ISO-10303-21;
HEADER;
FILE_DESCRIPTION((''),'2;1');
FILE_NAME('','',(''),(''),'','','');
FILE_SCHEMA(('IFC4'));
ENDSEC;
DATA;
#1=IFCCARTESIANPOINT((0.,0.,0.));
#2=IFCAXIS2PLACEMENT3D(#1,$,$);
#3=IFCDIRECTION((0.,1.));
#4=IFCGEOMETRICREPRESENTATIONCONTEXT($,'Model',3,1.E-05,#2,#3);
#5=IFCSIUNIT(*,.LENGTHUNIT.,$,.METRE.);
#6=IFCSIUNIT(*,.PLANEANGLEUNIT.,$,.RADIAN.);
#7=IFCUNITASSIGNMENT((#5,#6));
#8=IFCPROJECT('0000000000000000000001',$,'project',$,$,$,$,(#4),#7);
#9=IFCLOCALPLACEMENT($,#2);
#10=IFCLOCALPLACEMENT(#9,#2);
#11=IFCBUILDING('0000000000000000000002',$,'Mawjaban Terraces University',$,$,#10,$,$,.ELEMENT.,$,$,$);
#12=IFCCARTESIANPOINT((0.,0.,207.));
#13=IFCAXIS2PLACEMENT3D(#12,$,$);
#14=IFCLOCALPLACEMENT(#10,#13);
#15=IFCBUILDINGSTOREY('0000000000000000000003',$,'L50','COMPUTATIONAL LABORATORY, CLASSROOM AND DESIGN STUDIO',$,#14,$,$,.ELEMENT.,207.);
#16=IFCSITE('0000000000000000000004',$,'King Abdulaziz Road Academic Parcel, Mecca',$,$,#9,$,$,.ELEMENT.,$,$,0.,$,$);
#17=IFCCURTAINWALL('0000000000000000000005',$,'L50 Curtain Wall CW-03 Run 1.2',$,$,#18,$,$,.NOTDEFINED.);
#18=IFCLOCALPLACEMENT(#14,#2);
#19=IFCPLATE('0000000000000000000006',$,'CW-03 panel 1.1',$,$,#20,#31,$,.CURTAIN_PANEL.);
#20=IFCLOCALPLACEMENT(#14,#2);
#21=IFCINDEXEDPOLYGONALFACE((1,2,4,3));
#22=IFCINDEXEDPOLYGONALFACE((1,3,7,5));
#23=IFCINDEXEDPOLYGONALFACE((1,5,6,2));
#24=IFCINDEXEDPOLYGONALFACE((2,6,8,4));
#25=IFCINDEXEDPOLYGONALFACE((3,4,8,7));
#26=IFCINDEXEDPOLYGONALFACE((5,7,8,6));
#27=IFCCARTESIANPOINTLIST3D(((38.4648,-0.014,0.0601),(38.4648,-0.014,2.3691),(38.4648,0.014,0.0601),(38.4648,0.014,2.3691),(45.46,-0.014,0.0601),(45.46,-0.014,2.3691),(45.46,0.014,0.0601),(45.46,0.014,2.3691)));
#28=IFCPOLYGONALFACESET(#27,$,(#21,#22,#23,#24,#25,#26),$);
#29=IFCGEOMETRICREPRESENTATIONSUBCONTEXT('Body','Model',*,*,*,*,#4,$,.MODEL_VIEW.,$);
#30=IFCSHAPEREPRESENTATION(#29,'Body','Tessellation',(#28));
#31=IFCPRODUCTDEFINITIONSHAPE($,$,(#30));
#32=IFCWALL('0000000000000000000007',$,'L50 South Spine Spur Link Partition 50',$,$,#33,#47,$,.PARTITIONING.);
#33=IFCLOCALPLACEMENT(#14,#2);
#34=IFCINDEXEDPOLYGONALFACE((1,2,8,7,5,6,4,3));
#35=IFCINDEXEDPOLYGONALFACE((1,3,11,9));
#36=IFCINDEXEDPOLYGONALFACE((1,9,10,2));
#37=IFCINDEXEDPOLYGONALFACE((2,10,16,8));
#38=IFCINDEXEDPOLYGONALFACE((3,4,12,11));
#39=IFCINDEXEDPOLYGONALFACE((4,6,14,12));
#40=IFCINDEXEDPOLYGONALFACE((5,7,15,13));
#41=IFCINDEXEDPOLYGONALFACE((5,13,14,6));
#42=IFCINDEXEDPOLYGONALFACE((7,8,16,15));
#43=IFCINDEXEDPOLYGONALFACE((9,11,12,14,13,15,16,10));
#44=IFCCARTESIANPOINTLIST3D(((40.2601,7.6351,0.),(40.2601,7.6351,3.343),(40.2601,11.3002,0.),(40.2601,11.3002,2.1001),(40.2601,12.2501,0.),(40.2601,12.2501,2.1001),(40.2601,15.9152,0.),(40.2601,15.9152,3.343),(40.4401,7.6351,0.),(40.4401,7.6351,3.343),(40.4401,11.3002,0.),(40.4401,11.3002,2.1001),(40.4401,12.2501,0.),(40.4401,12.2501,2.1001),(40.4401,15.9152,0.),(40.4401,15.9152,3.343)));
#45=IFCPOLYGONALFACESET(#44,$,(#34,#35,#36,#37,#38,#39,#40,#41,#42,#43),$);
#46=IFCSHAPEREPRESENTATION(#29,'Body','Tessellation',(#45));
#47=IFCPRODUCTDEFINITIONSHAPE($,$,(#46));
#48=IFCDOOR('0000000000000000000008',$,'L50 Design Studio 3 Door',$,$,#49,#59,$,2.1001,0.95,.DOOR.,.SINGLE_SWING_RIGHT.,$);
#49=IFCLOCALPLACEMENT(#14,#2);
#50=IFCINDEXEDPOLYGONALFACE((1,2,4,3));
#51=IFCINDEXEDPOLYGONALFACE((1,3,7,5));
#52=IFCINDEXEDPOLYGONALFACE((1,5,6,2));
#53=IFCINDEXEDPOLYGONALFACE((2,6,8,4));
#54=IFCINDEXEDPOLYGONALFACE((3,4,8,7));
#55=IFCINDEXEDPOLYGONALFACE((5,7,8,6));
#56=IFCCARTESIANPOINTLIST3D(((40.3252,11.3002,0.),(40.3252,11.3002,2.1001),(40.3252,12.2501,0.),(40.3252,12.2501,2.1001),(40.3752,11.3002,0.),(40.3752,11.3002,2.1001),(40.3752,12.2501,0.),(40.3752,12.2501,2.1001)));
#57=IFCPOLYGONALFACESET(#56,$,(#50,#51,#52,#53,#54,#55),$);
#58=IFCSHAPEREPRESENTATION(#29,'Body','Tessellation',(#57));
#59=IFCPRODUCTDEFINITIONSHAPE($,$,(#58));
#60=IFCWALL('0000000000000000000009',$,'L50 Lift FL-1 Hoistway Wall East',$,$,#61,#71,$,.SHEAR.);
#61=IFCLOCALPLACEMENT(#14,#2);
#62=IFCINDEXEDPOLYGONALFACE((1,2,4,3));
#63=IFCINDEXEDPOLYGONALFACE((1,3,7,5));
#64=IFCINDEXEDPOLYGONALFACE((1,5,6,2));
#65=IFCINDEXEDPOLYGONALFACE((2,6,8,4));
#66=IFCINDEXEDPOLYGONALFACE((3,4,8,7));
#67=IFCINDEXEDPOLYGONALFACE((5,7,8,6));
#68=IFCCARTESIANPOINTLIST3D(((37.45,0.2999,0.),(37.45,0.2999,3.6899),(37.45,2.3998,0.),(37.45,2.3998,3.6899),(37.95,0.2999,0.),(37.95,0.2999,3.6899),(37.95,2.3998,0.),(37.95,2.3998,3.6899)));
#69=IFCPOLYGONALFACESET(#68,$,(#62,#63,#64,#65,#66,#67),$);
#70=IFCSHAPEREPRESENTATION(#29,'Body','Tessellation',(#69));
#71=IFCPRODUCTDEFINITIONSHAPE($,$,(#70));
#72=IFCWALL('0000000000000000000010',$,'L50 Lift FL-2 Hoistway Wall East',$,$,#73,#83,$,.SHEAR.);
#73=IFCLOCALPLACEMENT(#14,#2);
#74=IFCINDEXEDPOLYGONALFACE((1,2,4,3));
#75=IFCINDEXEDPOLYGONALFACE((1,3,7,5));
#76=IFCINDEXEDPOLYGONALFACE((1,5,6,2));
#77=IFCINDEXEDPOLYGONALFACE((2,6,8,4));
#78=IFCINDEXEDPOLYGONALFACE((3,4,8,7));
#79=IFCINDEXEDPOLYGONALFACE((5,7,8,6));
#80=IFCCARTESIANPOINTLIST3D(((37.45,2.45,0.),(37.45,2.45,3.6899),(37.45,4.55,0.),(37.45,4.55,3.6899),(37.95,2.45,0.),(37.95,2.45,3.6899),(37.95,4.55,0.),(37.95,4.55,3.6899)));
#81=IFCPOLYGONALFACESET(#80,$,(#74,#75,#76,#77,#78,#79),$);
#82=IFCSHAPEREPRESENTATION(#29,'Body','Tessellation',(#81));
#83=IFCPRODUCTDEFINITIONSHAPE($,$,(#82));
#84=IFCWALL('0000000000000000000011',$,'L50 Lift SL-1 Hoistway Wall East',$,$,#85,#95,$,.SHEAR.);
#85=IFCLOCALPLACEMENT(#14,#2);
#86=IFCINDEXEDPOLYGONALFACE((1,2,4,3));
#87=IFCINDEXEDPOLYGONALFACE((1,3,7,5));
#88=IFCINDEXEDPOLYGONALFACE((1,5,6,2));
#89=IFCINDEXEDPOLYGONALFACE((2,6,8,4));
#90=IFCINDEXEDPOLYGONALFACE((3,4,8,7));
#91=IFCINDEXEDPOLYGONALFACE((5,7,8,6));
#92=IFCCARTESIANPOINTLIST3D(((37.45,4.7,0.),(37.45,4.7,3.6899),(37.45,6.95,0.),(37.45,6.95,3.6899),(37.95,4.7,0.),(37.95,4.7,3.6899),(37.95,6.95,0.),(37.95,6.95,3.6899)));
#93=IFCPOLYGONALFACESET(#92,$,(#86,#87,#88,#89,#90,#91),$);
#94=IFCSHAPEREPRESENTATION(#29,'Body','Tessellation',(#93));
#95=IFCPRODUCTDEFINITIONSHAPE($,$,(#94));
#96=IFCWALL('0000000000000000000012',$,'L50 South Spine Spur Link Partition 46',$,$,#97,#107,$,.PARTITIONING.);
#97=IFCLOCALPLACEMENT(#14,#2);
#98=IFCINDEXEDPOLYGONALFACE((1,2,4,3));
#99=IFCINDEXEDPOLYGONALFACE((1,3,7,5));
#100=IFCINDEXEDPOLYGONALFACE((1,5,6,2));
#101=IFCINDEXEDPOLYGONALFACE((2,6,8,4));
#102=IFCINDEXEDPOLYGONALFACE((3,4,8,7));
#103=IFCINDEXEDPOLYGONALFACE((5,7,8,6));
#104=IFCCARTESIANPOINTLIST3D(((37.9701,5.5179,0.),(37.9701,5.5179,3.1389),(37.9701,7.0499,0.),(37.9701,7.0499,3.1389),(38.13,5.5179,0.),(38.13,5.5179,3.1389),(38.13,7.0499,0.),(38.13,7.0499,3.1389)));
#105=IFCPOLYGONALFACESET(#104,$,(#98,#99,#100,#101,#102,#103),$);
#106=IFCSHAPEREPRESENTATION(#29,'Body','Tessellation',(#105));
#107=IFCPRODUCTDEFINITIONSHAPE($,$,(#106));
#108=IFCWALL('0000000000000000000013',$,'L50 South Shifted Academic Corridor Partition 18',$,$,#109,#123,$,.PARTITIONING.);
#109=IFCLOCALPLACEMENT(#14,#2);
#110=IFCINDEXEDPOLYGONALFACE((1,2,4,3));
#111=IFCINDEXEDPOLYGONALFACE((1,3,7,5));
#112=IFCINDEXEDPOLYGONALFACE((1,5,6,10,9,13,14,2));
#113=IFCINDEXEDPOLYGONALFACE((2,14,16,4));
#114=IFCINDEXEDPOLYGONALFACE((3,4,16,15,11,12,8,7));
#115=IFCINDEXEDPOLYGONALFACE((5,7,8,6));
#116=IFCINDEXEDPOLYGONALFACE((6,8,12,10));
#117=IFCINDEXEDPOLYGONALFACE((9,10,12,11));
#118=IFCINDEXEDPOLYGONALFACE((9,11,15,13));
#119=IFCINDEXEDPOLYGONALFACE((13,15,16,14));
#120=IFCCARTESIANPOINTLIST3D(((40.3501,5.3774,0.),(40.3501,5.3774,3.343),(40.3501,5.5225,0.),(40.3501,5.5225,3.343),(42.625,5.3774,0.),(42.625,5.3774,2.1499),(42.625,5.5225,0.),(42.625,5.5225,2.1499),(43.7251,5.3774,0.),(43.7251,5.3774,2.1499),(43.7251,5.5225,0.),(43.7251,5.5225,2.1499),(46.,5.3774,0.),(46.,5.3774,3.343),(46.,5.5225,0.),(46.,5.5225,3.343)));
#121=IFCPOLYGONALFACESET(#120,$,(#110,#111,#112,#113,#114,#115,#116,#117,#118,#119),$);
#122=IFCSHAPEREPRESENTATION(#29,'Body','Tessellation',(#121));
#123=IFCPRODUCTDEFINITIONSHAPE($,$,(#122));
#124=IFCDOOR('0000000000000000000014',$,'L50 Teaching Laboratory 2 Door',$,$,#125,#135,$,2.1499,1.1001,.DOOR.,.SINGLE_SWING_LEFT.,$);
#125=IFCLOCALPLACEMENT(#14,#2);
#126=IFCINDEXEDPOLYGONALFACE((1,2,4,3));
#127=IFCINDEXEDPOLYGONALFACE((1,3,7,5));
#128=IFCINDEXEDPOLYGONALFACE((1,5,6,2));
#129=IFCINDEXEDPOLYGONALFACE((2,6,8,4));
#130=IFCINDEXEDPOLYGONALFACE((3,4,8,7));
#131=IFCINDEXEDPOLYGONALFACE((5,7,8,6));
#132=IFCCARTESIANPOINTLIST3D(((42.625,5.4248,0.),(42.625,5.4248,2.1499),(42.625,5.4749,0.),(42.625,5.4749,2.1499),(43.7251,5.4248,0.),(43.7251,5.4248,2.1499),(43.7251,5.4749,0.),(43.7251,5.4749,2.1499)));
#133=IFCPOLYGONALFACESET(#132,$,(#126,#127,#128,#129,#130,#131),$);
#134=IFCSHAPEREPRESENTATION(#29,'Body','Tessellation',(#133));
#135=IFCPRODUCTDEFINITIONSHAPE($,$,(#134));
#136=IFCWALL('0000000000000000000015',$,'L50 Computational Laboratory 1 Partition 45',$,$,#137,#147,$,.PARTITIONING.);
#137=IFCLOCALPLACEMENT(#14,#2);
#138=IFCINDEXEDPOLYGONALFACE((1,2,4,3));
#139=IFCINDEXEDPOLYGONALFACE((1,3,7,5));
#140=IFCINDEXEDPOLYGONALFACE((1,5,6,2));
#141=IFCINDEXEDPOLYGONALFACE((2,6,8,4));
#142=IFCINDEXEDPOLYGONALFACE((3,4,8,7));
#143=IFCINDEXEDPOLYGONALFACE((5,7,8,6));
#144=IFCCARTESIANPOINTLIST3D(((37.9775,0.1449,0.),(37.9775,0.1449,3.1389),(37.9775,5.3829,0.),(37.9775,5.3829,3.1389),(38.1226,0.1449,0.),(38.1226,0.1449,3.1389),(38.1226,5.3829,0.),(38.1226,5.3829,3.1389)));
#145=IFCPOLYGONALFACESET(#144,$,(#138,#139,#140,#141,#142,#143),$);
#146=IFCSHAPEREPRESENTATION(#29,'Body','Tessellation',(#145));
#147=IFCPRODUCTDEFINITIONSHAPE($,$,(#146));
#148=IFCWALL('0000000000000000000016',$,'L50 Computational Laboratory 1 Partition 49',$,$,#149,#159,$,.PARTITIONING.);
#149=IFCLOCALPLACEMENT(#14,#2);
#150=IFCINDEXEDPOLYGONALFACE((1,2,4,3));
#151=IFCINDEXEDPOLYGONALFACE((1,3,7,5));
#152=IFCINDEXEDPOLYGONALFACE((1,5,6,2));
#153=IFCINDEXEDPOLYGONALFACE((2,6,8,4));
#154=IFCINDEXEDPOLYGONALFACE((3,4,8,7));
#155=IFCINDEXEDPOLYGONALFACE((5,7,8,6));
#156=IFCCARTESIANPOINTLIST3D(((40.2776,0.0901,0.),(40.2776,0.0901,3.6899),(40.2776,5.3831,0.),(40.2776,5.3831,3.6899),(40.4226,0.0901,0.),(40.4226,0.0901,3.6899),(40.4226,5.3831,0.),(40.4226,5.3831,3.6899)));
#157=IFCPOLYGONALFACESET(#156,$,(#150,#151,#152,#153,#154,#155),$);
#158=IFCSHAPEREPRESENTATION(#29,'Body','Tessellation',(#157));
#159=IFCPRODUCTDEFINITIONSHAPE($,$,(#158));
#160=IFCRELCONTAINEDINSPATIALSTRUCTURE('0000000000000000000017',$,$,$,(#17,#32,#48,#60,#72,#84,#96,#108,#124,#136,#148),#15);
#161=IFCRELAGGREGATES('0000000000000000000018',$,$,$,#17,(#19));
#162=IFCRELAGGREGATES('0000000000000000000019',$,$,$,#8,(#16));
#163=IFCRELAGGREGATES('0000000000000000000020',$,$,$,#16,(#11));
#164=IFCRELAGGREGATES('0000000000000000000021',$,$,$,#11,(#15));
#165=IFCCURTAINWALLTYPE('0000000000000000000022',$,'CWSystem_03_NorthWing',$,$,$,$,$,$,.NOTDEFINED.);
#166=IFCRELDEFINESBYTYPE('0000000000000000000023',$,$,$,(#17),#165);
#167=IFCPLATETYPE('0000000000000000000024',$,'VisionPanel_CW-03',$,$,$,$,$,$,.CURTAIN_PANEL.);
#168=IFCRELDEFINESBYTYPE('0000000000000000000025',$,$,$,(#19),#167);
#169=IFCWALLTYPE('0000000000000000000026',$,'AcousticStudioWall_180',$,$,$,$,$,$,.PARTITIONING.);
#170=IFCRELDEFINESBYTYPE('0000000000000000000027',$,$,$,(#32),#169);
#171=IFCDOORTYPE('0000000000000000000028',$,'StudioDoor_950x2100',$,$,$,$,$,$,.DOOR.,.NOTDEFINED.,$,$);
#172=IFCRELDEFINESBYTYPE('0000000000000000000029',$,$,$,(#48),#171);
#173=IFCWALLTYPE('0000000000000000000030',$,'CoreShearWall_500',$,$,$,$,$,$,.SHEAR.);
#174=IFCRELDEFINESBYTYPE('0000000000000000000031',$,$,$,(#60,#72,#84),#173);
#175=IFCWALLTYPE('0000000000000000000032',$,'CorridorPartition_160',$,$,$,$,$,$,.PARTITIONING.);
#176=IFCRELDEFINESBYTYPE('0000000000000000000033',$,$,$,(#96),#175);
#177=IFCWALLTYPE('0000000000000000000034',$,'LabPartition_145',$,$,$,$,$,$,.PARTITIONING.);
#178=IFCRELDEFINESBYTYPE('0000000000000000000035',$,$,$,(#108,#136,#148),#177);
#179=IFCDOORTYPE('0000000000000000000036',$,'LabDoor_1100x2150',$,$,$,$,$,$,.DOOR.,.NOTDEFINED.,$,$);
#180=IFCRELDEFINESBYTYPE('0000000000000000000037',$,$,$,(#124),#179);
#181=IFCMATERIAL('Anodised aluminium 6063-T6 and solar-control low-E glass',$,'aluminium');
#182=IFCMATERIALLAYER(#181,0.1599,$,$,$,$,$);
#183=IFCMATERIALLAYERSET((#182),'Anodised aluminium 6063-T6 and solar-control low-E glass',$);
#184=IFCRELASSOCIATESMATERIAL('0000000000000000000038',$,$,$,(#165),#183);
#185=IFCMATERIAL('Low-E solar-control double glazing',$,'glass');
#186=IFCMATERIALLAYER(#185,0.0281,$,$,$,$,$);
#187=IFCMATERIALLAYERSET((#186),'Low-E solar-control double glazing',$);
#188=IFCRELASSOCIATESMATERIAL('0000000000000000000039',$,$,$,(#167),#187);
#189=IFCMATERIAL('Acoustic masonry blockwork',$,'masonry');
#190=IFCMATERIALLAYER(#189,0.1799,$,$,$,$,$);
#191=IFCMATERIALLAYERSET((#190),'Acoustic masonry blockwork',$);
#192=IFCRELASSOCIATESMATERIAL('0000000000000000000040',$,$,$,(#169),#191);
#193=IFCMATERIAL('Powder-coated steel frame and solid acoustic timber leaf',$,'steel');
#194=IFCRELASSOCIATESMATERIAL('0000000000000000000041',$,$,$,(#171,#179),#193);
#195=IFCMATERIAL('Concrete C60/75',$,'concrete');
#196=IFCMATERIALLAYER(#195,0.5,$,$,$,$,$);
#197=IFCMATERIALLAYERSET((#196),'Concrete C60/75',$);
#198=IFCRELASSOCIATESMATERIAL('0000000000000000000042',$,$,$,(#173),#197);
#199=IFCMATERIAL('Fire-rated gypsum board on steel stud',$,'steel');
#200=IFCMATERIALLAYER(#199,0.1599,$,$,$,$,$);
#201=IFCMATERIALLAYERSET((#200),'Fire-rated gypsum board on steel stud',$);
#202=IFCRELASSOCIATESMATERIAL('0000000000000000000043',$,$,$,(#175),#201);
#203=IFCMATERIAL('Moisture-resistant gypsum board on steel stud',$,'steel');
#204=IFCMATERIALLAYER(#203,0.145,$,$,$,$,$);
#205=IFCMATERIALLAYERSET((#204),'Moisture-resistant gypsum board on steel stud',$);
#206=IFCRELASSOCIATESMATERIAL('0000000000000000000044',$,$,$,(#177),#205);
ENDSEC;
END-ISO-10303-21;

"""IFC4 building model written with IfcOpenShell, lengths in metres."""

from ifc_helpers import new_model, si_unit, direction, frame, frame_2d, origin, origin_2d, place, context, subcontext, project, spatial, rectangle, extrude, material, layer, layer_set, type_object, element, fill, aggregate, save


model = new_model("IFC4")

# Units and contexts
model_context = context("Model", 3, precision=1e-05, world=origin(), true_north=direction((0.0, 1.0)))
body_context = subcontext(model_context, "Body", "Model", "MODEL_VIEW")
ifc_project = project(units=[si_unit("LENGTHUNIT", "METRE"), si_unit("PLANEANGLEUNIT", "RADIAN")], contexts=[model_context])

# Site, building, storey
site_placement = place(None, origin())
site = spatial("IfcSite", under=ifc_project, at=site_placement, Name="King Abdulaziz Road Academic Parcel, Mecca", CompositionType="ELEMENT", RefElevation=0.0)
building_placement = place(site_placement, origin())
building = spatial("IfcBuilding", under=site, at=building_placement, Name="Mawjaban Terraces University", CompositionType="ELEMENT")
storey_placement = place(building_placement, frame((0.0, 0.0, 207.0)))
storey = spatial("IfcBuildingStorey", under=building, at=storey_placement, Name="L50", Description="COMPUTATIONAL LABORATORY, CLASSROOM AND DESIGN STUDIO", CompositionType="ELEMENT", Elevation=207.0)

# Curtain wall, plate
ifc_material_1 = material(Name="Anodised aluminium 6063-T6 and solar-control low-E glass", Category="aluminium")
ifc_layer_1 = layer(ifc_material_1, 0.1599)
ifc_layer_set_1 = layer_set([ifc_layer_1], Name="Anodised aluminium 6063-T6 and solar-control low-E glass")
curtain_wall_type = type_object("IfcCurtainWallType", Name="CWSystem_03_NorthWing", PredefinedType="NOTDEFINED", material=ifc_layer_set_1)
curtain_wall_placement = place(storey_placement, origin())
curtain_wall = element("IfcCurtainWall", 1, at=curtain_wall_placement, inside=storey, type_object=curtain_wall_type, Name="L50 Curtain Wall CW-03 Run 1.2", PredefinedType="NOTDEFINED")
ifc_material_2 = material(Name="Low-E solar-control double glazing", Category="glass")
ifc_layer_2 = layer(ifc_material_2, 0.0281)
ifc_layer_set_2 = layer_set([ifc_layer_2], Name="Low-E solar-control double glazing")
plate_type = type_object("IfcPlateType", Name="VisionPanel_CW-03", PredefinedType="CURTAIN_PANEL", material=ifc_layer_set_2)
plate_placement = place(storey_placement, frame((41.9624, 0.0, 0.0601), z_axis=(0.0, 0.0, 1.0), x_axis=(1.0, 0.0, 0.0)))
plate = element("IfcPlate", 2, at=plate_placement, type_object=plate_type, Name="CW-03 panel 1.1", PredefinedType="CURTAIN_PANEL", context=body_context, shape_type="SweptSolid", body=[
    extrude(rectangle(XDim=6.9951, YDim=0.0281, at=origin_2d()), origin(), (0.0, 0.0, 1.0), 2.3091),
])
aggregate(curtain_wall, [plate])

# Wall, opening, door
ifc_material_3 = material(Name="Acoustic masonry blockwork", Category="masonry")
ifc_layer_3 = layer(ifc_material_3, 0.1799)
ifc_layer_set_3 = layer_set([ifc_layer_3], Name="Acoustic masonry blockwork")
wall_type_1 = type_object("IfcWallType", Name="AcousticStudioWall_180", PredefinedType="PARTITIONING", material=ifc_layer_set_3)
wall_1_placement = place(storey_placement, frame((40.3501, 7.635, 0.0), z_axis=(0.0, 0.0, 1.0), x_axis=(0.0, 1.0, 0.0)))
wall_1 = element("IfcWall", 3, at=wall_1_placement, inside=storey, type_object=wall_type_1, Name="L50 South Spine Spur Link Partition 50", PredefinedType="PARTITIONING", context=body_context, shape_type="SweptSolid", body=[
    extrude(rectangle(XDim=8.28, YDim=0.1799, at=frame_2d((4.1401, 0.0))), origin(), (0.0, 0.0, 1.0), 3.343),
])
opening_1_placement = place(wall_1_placement, frame((3.665, 0.0, 0.0)))
opening_1 = element("IfcOpeningElement", 4, at=opening_1_placement, cuts=wall_1, PredefinedType="OPENING", context=body_context, shape_type="SweptSolid", body=[
    extrude(rectangle(XDim=0.95, YDim=2.1001, at=frame_2d((0.4751, 1.05))), frame((0.0, 0.0999, 0.0), z_axis=(0.0, -1.0, 0.0), x_axis=(1.0, 0.0, 0.0)), (0.0, 0.0, 1.0), 0.2),
])
ifc_material_4 = material(Name="Powder-coated steel frame and solid acoustic timber leaf", Category="steel")
door_type_1 = type_object("IfcDoorType", Name="StudioDoor_950x2100", OperationType="NOTDEFINED", PredefinedType="DOOR", material=ifc_material_4)
door_1_placement = place(opening_1_placement, origin())
door_1 = element("IfcDoor", 5, at=door_1_placement, inside=storey, type_object=door_type_1, Name="L50 Design Studio 3 Door", OperationType="SINGLE_SWING_RIGHT", OverallHeight=2.1001, OverallWidth=0.95, PredefinedType="DOOR", context=body_context, shape_type="SweptSolid", body=[
    extrude(rectangle(XDim=0.95, YDim=2.1001, at=frame_2d((0.4751, 1.05))), frame((0.0, 0.0249, 0.0), z_axis=(0.0, -1.0, 0.0), x_axis=(1.0, 0.0, 0.0)), (0.0, 0.0, 1.0), 0.05),
])
fill(opening_1, door_1)

# Walls
ifc_material_5 = material(Name="Concrete C60/75", Category="concrete")
ifc_layer_4 = layer(ifc_material_5, 0.5)
ifc_layer_set_4 = layer_set([ifc_layer_4], Name="Concrete C60/75")
wall_type_2 = type_object("IfcWallType", Name="CoreShearWall_500", PredefinedType="SHEAR", material=ifc_layer_set_4)
wall_2_placement = place(storey_placement, frame((37.7, 0.3, 0.0), z_axis=(0.0, 0.0, 1.0), x_axis=(0.0, 1.0, 0.0)))
element("IfcWall", 6, at=wall_2_placement, inside=storey, type_object=wall_type_2, Name="L50 Lift FL-1 Hoistway Wall East", PredefinedType="SHEAR", context=body_context, shape_type="SweptSolid", body=[
    extrude(rectangle(XDim=2.0999, YDim=0.5, at=frame_2d((1.0498, 0.0))), origin(), (0.0, 0.0, 1.0), 3.6899),
])
wall_3_placement = place(storey_placement, frame((37.7, 2.45, 0.0), z_axis=(0.0, 0.0, 1.0), x_axis=(0.0, 1.0, 0.0)))
element("IfcWall", 7, at=wall_3_placement, inside=storey, type_object=wall_type_2, Name="L50 Lift FL-2 Hoistway Wall East", PredefinedType="SHEAR", context=body_context, shape_type="SweptSolid", body=[
    extrude(rectangle(XDim=2.1001, YDim=0.5, at=frame_2d((1.05, 0.0))), origin(), (0.0, 0.0, 1.0), 3.6899),
])
wall_4_placement = place(storey_placement, frame((37.7, 4.7, 0.0), z_axis=(0.0, 0.0, 1.0), x_axis=(0.0, 1.0, 0.0)))
element("IfcWall", 8, at=wall_4_placement, inside=storey, type_object=wall_type_2, Name="L50 Lift SL-1 Hoistway Wall East", PredefinedType="SHEAR", context=body_context, shape_type="SweptSolid", body=[
    extrude(rectangle(XDim=2.25, YDim=0.5, at=frame_2d((1.125, 0.0))), origin(), (0.0, 0.0, 1.0), 3.6899),
])
ifc_material_6 = material(Name="Fire-rated gypsum board on steel stud", Category="steel")
ifc_layer_5 = layer(ifc_material_6, 0.1599)
ifc_layer_set_5 = layer_set([ifc_layer_5], Name="Fire-rated gypsum board on steel stud")
wall_type_3 = type_object("IfcWallType", Name="CorridorPartition_160", PredefinedType="PARTITIONING", material=ifc_layer_set_5)
wall_5_placement = place(storey_placement, frame((38.05, 7.05, 0.0), z_axis=(0.0, 0.0, 1.0), x_axis=(0.0, -1.0, 0.0)))
element("IfcWall", 9, at=wall_5_placement, inside=storey, type_object=wall_type_3, Name="L50 South Spine Spur Link Partition 46", PredefinedType="PARTITIONING", context=body_context, shape_type="SweptSolid", body=[
    extrude(rectangle(XDim=1.532, YDim=0.1599, at=frame_2d((0.7661, 0.0))), origin(), (0.0, 0.0, 1.0), 3.1389),
])

# Wall, opening, door
ifc_material_7 = material(Name="Moisture-resistant gypsum board on steel stud", Category="steel")
ifc_layer_6 = layer(ifc_material_7, 0.145)
ifc_layer_set_6 = layer_set([ifc_layer_6], Name="Moisture-resistant gypsum board on steel stud")
wall_type_4 = type_object("IfcWallType", Name="LabPartition_145", PredefinedType="PARTITIONING", material=ifc_layer_set_6)
door_type_2 = type_object("IfcDoorType", Name="LabDoor_1100x2150", OperationType="NOTDEFINED", PredefinedType="DOOR", material=ifc_material_4)
wall_6_placement = place(storey_placement, frame((40.3501, 5.45, 0.0), z_axis=(0.0, 0.0, 1.0), x_axis=(1.0, 0.0, 0.0)))
wall_6 = element("IfcWall", 10, at=wall_6_placement, inside=storey, type_object=wall_type_4, Name="L50 South Shifted Academic Corridor Partition 18", PredefinedType="PARTITIONING", context=body_context, shape_type="SweptSolid", body=[
    extrude(rectangle(XDim=5.6499, YDim=0.145, at=frame_2d((2.825, 0.0))), origin(), (0.0, 0.0, 1.0), 3.343),
])
opening_2_placement = place(wall_6_placement, frame((2.2749, 0.0, 0.0)))
opening_2 = element("IfcOpeningElement", 11, at=opening_2_placement, cuts=wall_6, PredefinedType="OPENING", context=body_context, shape_type="SweptSolid", body=[
    extrude(rectangle(XDim=1.1001, YDim=2.1499, at=frame_2d((0.55, 1.075))), frame((0.0, 0.0825, 0.0), z_axis=(0.0, -1.0, 0.0), x_axis=(1.0, 0.0, 0.0)), (0.0, 0.0, 1.0), 0.165),
])
door_2_placement = place(opening_2_placement, origin())
door_2 = element("IfcDoor", 12, at=door_2_placement, inside=storey, type_object=door_type_2, Name="L50 Teaching Laboratory 2 Door", OperationType="SINGLE_SWING_LEFT", OverallHeight=2.1499, OverallWidth=1.1001, PredefinedType="DOOR", context=body_context, shape_type="SweptSolid", body=[
    extrude(rectangle(XDim=1.1001, YDim=2.1499, at=frame_2d((0.55, 1.075))), frame((0.0, 0.0249, 0.0), z_axis=(0.0, -1.0, 0.0), x_axis=(1.0, 0.0, 0.0)), (0.0, 0.0, 1.0), 0.05),
])
fill(opening_2, door_2)

# Walls
wall_7_placement = place(storey_placement, frame((38.05, 5.3831, 0.0), z_axis=(0.0, 0.0, 1.0), x_axis=(0.0, -1.0, 0.0)))
element("IfcWall", 13, at=wall_7_placement, inside=storey, type_object=wall_type_4, Name="L50 Computational Laboratory 1 Partition 45", PredefinedType="PARTITIONING", context=body_context, shape_type="SweptSolid", body=[
    extrude(rectangle(XDim=5.238, YDim=0.145, at=frame_2d((2.6191, 0.0))), origin(), (0.0, 0.0, 1.0), 3.1389),
])
wall_8_placement = place(storey_placement, frame((40.3501, 0.0901, 0.0), z_axis=(0.0, 0.0, 1.0), x_axis=(0.0, 1.0, 0.0)))
element("IfcWall", 14, at=wall_8_placement, inside=storey, type_object=wall_type_4, Name="L50 Computational Laboratory 1 Partition 49", PredefinedType="PARTITIONING", context=body_context, shape_type="SweptSolid", body=[
    extrude(rectangle(XDim=5.293, YDim=0.145, at=frame_2d((2.6465, 0.0))), origin(), (0.0, 0.0, 1.0), 3.6899),
])

save(model, "model.ifc")
